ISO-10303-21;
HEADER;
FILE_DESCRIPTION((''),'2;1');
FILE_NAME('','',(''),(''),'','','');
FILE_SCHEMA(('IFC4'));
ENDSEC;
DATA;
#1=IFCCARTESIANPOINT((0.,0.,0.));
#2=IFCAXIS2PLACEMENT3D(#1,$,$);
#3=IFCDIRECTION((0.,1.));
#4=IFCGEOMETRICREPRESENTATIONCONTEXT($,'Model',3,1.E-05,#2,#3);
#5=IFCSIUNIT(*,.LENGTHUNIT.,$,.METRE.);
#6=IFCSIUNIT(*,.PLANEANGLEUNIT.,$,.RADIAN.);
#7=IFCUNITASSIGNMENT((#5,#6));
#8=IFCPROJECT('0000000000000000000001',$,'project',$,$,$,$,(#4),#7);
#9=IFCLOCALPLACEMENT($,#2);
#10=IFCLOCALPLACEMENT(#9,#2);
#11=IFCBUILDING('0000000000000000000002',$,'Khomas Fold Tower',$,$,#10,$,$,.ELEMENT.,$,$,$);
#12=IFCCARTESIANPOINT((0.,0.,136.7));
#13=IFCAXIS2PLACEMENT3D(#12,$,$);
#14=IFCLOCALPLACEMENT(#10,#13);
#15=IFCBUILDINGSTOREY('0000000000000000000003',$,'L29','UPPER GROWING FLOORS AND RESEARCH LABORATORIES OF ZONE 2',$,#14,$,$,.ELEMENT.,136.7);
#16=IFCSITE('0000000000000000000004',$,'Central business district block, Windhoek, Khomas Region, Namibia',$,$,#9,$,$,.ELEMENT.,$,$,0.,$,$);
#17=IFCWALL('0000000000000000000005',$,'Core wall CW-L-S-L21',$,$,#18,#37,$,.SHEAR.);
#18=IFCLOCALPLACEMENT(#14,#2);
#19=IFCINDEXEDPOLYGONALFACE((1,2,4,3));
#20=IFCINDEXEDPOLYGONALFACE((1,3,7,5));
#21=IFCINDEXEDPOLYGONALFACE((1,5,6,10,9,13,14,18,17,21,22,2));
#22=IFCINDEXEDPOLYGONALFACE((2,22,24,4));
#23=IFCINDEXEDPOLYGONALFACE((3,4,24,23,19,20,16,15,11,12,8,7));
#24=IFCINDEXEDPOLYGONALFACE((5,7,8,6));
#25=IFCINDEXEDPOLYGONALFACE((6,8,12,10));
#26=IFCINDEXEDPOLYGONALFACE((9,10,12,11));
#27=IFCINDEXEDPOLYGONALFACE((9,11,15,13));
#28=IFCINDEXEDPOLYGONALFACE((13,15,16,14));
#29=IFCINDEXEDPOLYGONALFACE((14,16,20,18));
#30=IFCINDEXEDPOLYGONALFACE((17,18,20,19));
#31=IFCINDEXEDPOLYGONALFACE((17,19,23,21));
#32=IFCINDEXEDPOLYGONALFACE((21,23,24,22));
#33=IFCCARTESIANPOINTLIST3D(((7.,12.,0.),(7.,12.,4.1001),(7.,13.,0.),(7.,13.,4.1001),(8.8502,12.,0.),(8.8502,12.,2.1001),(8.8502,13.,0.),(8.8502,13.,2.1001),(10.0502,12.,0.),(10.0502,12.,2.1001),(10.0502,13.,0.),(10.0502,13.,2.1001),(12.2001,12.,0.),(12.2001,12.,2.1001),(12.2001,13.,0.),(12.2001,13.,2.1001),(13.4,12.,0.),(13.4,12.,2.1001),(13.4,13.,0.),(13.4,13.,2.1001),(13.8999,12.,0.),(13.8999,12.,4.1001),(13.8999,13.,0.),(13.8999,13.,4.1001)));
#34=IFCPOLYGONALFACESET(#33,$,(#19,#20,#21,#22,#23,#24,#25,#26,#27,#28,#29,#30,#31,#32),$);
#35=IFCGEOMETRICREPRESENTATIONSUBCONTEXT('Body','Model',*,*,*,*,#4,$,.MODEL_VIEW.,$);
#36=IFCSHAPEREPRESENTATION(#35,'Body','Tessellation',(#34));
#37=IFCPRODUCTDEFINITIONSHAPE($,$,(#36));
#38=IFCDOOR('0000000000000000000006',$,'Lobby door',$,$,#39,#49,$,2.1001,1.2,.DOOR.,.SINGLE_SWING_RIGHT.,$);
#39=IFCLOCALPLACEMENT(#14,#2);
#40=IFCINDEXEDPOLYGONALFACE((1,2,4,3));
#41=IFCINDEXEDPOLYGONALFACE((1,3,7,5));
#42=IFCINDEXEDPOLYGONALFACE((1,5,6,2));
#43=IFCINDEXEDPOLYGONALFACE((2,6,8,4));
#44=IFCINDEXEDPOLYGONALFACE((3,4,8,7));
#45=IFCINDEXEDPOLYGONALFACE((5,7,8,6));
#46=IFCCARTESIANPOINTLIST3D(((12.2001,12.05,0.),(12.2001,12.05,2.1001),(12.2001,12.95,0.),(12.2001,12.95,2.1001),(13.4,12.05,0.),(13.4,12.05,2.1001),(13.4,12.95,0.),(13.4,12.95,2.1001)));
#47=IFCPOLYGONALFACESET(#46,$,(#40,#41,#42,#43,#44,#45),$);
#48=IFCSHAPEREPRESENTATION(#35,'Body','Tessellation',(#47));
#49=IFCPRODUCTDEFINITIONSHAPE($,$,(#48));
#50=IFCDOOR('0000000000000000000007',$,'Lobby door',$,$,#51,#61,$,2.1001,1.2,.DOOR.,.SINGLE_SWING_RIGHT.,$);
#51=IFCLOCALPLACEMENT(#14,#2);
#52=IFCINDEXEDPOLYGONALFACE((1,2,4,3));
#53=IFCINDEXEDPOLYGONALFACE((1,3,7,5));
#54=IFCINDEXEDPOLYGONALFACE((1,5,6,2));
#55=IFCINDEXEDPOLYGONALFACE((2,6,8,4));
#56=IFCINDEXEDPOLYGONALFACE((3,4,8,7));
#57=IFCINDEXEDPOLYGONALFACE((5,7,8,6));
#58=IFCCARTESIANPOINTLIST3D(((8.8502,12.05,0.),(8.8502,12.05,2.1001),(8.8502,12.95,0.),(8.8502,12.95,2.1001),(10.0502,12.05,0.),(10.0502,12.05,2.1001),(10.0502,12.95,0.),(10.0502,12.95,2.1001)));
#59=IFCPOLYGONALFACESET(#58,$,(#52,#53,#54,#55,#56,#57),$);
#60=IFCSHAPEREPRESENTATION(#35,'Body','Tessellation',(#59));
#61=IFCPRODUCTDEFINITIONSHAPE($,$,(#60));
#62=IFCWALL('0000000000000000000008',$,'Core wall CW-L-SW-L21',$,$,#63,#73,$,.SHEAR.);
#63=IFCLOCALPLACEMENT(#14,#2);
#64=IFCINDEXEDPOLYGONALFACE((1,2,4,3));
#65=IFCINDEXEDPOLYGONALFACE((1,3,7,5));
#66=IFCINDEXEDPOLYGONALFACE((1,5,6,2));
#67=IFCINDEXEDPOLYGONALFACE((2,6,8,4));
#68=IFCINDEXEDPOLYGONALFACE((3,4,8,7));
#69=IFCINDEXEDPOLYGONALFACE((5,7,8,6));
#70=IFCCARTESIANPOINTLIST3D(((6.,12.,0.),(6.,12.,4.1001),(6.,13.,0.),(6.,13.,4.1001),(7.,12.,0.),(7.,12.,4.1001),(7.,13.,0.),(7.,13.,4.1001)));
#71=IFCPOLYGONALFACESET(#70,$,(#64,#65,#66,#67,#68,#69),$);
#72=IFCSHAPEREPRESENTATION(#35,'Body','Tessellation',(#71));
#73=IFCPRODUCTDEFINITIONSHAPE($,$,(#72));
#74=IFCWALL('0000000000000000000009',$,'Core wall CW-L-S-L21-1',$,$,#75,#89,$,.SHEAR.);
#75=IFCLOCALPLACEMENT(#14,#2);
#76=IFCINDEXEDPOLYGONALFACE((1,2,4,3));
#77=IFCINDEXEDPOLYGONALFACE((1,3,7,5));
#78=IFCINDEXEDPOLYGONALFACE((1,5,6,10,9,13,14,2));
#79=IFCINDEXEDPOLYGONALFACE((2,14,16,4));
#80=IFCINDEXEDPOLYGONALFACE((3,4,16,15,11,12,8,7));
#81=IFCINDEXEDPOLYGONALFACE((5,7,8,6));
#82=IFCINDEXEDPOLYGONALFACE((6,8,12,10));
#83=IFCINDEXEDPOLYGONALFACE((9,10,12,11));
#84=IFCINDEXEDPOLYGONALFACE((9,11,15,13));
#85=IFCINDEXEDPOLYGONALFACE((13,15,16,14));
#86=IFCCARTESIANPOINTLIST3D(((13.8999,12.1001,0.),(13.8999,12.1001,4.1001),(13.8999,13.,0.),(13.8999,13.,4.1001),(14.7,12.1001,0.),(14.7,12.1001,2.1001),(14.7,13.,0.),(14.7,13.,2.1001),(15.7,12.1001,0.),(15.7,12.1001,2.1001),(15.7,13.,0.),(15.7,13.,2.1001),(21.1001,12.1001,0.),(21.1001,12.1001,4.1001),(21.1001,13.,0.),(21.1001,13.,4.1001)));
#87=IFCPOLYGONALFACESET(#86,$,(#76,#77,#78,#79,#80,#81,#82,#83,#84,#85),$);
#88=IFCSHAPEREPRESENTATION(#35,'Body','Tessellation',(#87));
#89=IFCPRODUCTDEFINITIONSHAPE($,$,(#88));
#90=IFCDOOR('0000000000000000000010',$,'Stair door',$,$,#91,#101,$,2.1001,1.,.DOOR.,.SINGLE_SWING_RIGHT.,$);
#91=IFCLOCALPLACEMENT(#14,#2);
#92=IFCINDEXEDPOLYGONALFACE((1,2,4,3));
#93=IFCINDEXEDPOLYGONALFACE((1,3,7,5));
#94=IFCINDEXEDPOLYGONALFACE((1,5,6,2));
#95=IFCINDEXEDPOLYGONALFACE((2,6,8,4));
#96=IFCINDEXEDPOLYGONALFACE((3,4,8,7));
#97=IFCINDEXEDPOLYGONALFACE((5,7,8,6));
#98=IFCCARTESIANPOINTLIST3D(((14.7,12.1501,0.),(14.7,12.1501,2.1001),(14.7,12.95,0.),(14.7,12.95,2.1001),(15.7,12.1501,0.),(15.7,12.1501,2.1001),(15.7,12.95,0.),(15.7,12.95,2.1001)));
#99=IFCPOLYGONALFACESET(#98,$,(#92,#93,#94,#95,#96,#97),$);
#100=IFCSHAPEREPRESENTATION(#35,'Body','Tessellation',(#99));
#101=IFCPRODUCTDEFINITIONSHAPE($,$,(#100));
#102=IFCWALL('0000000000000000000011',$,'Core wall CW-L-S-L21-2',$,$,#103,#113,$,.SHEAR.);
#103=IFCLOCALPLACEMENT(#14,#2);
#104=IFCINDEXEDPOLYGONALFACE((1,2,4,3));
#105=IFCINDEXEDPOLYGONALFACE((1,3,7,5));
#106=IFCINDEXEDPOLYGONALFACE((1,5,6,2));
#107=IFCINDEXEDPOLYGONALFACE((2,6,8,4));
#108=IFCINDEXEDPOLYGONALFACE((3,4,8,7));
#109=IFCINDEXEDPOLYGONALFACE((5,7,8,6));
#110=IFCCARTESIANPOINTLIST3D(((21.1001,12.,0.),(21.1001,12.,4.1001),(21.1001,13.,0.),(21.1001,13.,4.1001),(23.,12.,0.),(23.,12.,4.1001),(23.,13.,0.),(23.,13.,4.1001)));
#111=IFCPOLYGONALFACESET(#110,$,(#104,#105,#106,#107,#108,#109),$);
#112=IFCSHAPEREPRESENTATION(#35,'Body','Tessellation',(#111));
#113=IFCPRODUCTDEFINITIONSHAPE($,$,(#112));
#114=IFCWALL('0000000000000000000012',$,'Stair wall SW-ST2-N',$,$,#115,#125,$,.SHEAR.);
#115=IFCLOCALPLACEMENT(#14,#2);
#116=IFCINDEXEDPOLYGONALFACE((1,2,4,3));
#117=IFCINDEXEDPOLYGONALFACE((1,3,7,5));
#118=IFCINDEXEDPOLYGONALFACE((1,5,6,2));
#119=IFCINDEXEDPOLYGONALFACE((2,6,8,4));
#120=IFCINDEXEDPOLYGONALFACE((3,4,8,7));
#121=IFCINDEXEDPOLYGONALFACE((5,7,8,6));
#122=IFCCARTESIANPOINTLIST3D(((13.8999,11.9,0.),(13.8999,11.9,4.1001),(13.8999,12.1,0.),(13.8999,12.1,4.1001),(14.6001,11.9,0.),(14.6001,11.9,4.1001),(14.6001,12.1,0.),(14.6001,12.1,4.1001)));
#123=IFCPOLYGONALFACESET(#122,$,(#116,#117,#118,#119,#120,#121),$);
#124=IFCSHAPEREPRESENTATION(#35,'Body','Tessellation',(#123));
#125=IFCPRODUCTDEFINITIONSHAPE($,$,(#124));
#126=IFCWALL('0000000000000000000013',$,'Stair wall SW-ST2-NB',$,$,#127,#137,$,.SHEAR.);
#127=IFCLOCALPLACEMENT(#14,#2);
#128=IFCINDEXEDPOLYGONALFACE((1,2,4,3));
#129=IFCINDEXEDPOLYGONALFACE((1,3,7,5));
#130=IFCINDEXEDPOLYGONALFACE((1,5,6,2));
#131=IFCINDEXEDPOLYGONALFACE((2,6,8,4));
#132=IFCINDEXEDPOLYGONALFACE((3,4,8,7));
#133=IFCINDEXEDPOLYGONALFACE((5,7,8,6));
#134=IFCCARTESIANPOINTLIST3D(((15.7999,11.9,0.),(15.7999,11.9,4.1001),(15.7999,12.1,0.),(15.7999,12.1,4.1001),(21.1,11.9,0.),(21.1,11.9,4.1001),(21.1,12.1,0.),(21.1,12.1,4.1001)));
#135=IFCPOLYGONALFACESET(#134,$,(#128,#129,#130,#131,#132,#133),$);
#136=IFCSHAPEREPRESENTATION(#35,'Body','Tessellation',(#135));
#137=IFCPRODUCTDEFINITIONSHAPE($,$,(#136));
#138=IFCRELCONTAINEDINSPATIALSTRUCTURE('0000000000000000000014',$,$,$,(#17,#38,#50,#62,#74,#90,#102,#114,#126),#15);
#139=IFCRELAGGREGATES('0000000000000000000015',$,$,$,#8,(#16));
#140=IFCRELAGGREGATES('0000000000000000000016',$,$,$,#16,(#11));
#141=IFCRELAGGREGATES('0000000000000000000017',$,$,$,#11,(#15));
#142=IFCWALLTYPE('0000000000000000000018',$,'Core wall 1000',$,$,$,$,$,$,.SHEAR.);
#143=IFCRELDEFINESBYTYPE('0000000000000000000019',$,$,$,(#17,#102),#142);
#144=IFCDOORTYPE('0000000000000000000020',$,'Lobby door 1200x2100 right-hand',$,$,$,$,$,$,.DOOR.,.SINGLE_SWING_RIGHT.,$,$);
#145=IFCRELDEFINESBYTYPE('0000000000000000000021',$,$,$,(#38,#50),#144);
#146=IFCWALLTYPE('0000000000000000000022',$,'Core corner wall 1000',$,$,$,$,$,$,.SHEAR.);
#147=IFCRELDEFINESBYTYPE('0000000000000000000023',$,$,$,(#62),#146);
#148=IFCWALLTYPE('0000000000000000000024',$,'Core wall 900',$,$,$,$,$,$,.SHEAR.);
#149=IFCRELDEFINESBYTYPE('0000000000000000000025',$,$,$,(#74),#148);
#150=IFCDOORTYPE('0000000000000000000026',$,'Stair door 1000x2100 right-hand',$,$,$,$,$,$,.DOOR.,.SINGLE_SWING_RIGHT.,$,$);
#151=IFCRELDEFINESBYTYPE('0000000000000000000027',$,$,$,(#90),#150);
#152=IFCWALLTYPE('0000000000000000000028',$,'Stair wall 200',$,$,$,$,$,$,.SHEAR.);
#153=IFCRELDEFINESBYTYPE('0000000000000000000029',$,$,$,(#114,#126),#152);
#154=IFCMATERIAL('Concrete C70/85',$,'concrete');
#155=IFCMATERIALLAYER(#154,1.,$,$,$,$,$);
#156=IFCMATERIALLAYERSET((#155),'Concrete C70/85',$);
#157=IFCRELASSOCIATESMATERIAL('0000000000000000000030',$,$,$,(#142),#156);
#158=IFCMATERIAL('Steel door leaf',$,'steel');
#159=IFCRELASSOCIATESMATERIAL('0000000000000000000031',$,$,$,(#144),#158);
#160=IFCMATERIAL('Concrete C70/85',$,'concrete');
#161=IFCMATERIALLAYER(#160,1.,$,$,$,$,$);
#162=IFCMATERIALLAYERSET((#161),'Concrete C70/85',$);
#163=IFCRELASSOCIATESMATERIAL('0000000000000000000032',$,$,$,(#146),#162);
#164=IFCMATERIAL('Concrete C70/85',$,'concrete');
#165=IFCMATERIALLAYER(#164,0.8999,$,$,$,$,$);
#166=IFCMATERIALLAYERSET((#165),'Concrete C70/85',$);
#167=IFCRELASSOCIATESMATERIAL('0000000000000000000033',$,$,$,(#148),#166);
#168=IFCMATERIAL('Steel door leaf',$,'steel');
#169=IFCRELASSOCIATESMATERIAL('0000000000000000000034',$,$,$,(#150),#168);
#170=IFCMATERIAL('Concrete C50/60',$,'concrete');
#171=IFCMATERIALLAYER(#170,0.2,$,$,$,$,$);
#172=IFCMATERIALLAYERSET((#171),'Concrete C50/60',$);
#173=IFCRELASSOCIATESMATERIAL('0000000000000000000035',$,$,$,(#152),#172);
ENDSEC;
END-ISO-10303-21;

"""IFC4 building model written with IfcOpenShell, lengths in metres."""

from ifc_helpers import new_model, si_unit, direction, frame, frame_2d, origin, place, context, subcontext, project, spatial, rectangle, extrude, source, transform, mapped, material, layer, layer_set, type_object, element, fill, save


model = new_model("IFC4")

# Units and contexts
model_context = context("Model", 3, precision=1e-05, world=origin(), true_north=direction((0.0, 1.0)))
body_context = subcontext(model_context, "Body", "Model", "MODEL_VIEW")
ifc_project = project(units=[si_unit("LENGTHUNIT", "METRE"), si_unit("PLANEANGLEUNIT", "RADIAN")], contexts=[model_context])

# Site, building, storey
site_placement = place(None, origin())
site = spatial("IfcSite", under=ifc_project, at=site_placement, Name="Central business district block, Windhoek, Khomas Region, Namibia", CompositionType="ELEMENT", RefElevation=0.0)
building_placement = place(site_placement, origin())
building = spatial("IfcBuilding", under=site, at=building_placement, Name="Khomas Fold Tower", CompositionType="ELEMENT")
storey_placement = place(building_placement, frame((0.0, 0.0, 136.7)))
storey = spatial("IfcBuildingStorey", under=building, at=storey_placement, Name="L29", Description="UPPER GROWING FLOORS AND RESEARCH LABORATORIES OF ZONE 2", CompositionType="ELEMENT", Elevation=136.7)

# Wall, openings, doors
ifc_material_1 = material(Name="Concrete C70/85", Category="concrete")
ifc_layer_1 = layer(ifc_material_1, 1.0)
ifc_layer_set_1 = layer_set([ifc_layer_1], Name="Concrete C70/85")
wall_type_1 = type_object("IfcWallType", Name="Core wall 1000", PredefinedType="SHEAR", material=ifc_layer_set_1)
shared_shape_1 = source(origin(), body_context, "Body", "SweptSolid", [
    extrude(rectangle(XDim=6.8999, YDim=1.0, at=frame_2d((3.45, 0.0))), origin(), (0.0, 0.0, 1.0), 4.1001),
])
wall_1_placement = place(storey_placement, frame((7.0, 12.5, 0.0), z_axis=(0.0, 0.0, 1.0), x_axis=(1.0, 0.0, 0.0)))
wall_1 = element("IfcWall", 1, at=wall_1_placement, inside=storey, type_object=wall_type_1, Name="Core wall CW-L-S-L21", PredefinedType="SHEAR", context=body_context, shape_type="MappedRepresentation", body=[
    mapped(shared_shape_1, transform((0.0, 0.0, 0.0))),
])
shared_shape_2 = source(origin(), body_context, "Body", "SweptSolid", [
    extrude(rectangle(XDim=1.2, YDim=2.1001, at=frame_2d((0.6001, 1.05))), frame((0.0, 0.51, 0.0), z_axis=(0.0, -1.0, 0.0), x_axis=(1.0, 0.0, 0.0)), (0.0, 0.0, 1.0), 1.02),
])
opening_1_placement = place(wall_1_placement, frame((5.2, 0.0, 0.0)))
opening_1 = element("IfcOpeningElement", 2, at=opening_1_placement, cuts=wall_1, PredefinedType="OPENING", context=body_context, shape_type="MappedRepresentation", body=[
    mapped(shared_shape_2, transform((0.0, 0.0, 0.0))),
])
opening_2_placement = place(wall_1_placement, frame((1.8501, 0.0, 0.0)))
opening_2 = element("IfcOpeningElement", 3, at=opening_2_placement, cuts=wall_1, PredefinedType="OPENING", context=body_context, shape_type="MappedRepresentation", body=[
    mapped(shared_shape_2, transform((0.0, 0.0, 0.0))),
])
ifc_material_2 = material(Name="Steel door leaf", Category="steel")
door_type_1 = type_object("IfcDoorType", Name="Lobby door 1200x2100 right-hand", OperationType="SINGLE_SWING_RIGHT", PredefinedType="DOOR", material=ifc_material_2)
shared_shape_3 = source(origin(), body_context, "Body", "SweptSolid", [
    extrude(rectangle(XDim=1.2, YDim=2.1001, at=frame_2d((0.6001, 1.05))), frame((0.0, 0.45, 0.0), z_axis=(0.0, -1.0, 0.0), x_axis=(1.0, 0.0, 0.0)), (0.0, 0.0, 1.0), 0.8999),
])
door_1_placement = place(opening_1_placement, origin())
door_1 = element("IfcDoor", 4, at=door_1_placement, inside=storey, type_object=door_type_1, Name="Lobby door", OperationType="SINGLE_SWING_RIGHT", OverallHeight=2.1001, OverallWidth=1.2, PredefinedType="DOOR", context=body_context, shape_type="MappedRepresentation", body=[
    mapped(shared_shape_3, transform((0.0, 0.0, 0.0))),
])
fill(opening_1, door_1)
door_2_placement = place(opening_2_placement, origin())
door_2 = element("IfcDoor", 5, at=door_2_placement, inside=storey, type_object=door_type_1, Name="Lobby door", OperationType="SINGLE_SWING_RIGHT", OverallHeight=2.1001, OverallWidth=1.2, PredefinedType="DOOR", context=body_context, shape_type="MappedRepresentation", body=[
    mapped(shared_shape_3, transform((0.0, 0.0, 0.0))),
])
fill(opening_2, door_2)

# Wall
ifc_material_3 = material(Name="Concrete C70/85", Category="concrete")
ifc_layer_2 = layer(ifc_material_3, 1.0)
ifc_layer_set_2 = layer_set([ifc_layer_2], Name="Concrete C70/85")
wall_type_2 = type_object("IfcWallType", Name="Core corner wall 1000", PredefinedType="SHEAR", material=ifc_layer_set_2)
shared_shape_4 = source(origin(), body_context, "Body", "SweptSolid", [
    extrude(rectangle(XDim=1.0, YDim=1.0, at=frame_2d((0.5, 0.0))), origin(), (0.0, 0.0, 1.0), 4.1001),
])
wall_2_placement = place(storey_placement, frame((6.0, 12.5, 0.0), z_axis=(0.0, 0.0, 1.0), x_axis=(1.0, 0.0, 0.0)))
element("IfcWall", 6, at=wall_2_placement, inside=storey, type_object=wall_type_2, Name="Core wall CW-L-SW-L21", PredefinedType="SHEAR", context=body_context, shape_type="MappedRepresentation", body=[
    mapped(shared_shape_4, transform((0.0, 0.0, 0.0))),
])

# Wall, opening, door
ifc_material_4 = material(Name="Concrete C70/85", Category="concrete")
ifc_layer_3 = layer(ifc_material_4, 0.8999)
ifc_layer_set_3 = layer_set([ifc_layer_3], Name="Concrete C70/85")
wall_type_3 = type_object("IfcWallType", Name="Core wall 900", PredefinedType="SHEAR", material=ifc_layer_set_3)
shared_shape_5 = source(origin(), body_context, "Body", "SweptSolid", [
    extrude(rectangle(XDim=7.2002, YDim=0.8999, at=frame_2d((3.6001, 0.0))), origin(), (0.0, 0.0, 1.0), 4.1001),
])
wall_3_placement = place(storey_placement, frame((13.8999, 12.55, 0.0), z_axis=(0.0, 0.0, 1.0), x_axis=(1.0, 0.0, 0.0)))
wall_3 = element("IfcWall", 7, at=wall_3_placement, inside=storey, type_object=wall_type_3, Name="Core wall CW-L-S-L21-1", PredefinedType="SHEAR", context=body_context, shape_type="MappedRepresentation", body=[
    mapped(shared_shape_5, transform((0.0, 0.0, 0.0))),
])
shared_shape_6 = source(origin(), body_context, "Body", "SweptSolid", [
    extrude(rectangle(XDim=1.0, YDim=2.1001, at=frame_2d((0.5, 1.05))), frame((0.0, 0.46, 0.0), z_axis=(0.0, -1.0, 0.0), x_axis=(1.0, 0.0, 0.0)), (0.0, 0.0, 1.0), 0.9199),
])
opening_3_placement = place(wall_3_placement, frame((0.8, 0.0, 0.0)))
opening_3 = element("IfcOpeningElement", 8, at=opening_3_placement, cuts=wall_3, PredefinedType="OPENING", context=body_context, shape_type="MappedRepresentation", body=[
    mapped(shared_shape_6, transform((0.0, 0.0, 0.0))),
])
ifc_material_5 = material(Name="Steel door leaf", Category="steel")
door_type_2 = type_object("IfcDoorType", Name="Stair door 1000x2100 right-hand", OperationType="SINGLE_SWING_RIGHT", PredefinedType="DOOR", material=ifc_material_5)
shared_shape_7 = source(origin(), body_context, "Body", "SweptSolid", [
    extrude(rectangle(XDim=1.0, YDim=2.1001, at=frame_2d((0.5, 1.05))), frame((0.0, 0.3999, 0.0), z_axis=(0.0, -1.0, 0.0), x_axis=(1.0, 0.0, 0.0)), (0.0, 0.0, 1.0), 0.7998),
])
door_3_placement = place(opening_3_placement, origin())
door_3 = element("IfcDoor", 9, at=door_3_placement, inside=storey, type_object=door_type_2, Name="Stair door", OperationType="SINGLE_SWING_RIGHT", OverallHeight=2.1001, OverallWidth=1.0, PredefinedType="DOOR", context=body_context, shape_type="MappedRepresentation", body=[
    mapped(shared_shape_7, transform((0.0, 0.0, 0.0))),
])
fill(opening_3, door_3)

# Walls
shared_shape_8 = source(origin(), body_context, "Body", "SweptSolid", [
    extrude(rectangle(XDim=1.8999, YDim=1.0, at=frame_2d((0.95, 0.0))), origin(), (0.0, 0.0, 1.0), 4.1001),
])
wall_4_placement = place(storey_placement, frame((21.1001, 12.5, 0.0), z_axis=(0.0, 0.0, 1.0), x_axis=(1.0, 0.0, 0.0)))
element("IfcWall", 10, at=wall_4_placement, inside=storey, type_object=wall_type_1, Name="Core wall CW-L-S-L21-2", PredefinedType="SHEAR", context=body_context, shape_type="MappedRepresentation", body=[
    mapped(shared_shape_8, transform((0.0, 0.0, 0.0))),
])
ifc_material_6 = material(Name="Concrete C50/60", Category="concrete")
ifc_layer_4 = layer(ifc_material_6, 0.2)
ifc_layer_set_4 = layer_set([ifc_layer_4], Name="Concrete C50/60")
wall_type_4 = type_object("IfcWallType", Name="Stair wall 200", PredefinedType="SHEAR", material=ifc_layer_set_4)
shared_shape_9 = source(origin(), body_context, "Body", "SweptSolid", [
    extrude(rectangle(XDim=0.7002, YDim=0.2, at=frame_2d((0.3501, 0.0))), origin(), (0.0, 0.0, 1.0), 4.1001),
])
wall_5_placement = place(storey_placement, frame((13.8999, 12.0, 0.0), z_axis=(0.0, 0.0, 1.0), x_axis=(1.0, 0.0, 0.0)))
element("IfcWall", 11, at=wall_5_placement, inside=storey, type_object=wall_type_4, Name="Stair wall SW-ST2-N", PredefinedType="SHEAR", context=body_context, shape_type="MappedRepresentation", body=[
    mapped(shared_shape_9, transform((0.0, 0.0, 0.0))),
])
shared_shape_10 = source(origin(), body_context, "Body", "SweptSolid", [
    extrude(rectangle(XDim=5.3, YDim=0.2, at=frame_2d((2.6499, 0.0))), origin(), (0.0, 0.0, 1.0), 4.1001),
])
wall_6_placement = place(storey_placement, frame((15.8, 12.0, 0.0), z_axis=(0.0, 0.0, 1.0), x_axis=(1.0, 0.0, 0.0)))
element("IfcWall", 12, at=wall_6_placement, inside=storey, type_object=wall_type_4, Name="Stair wall SW-ST2-NB", PredefinedType="SHEAR", context=body_context, shape_type="MappedRepresentation", body=[
    mapped(shared_shape_10, transform((0.0, 0.0, 0.0))),
])

save(model, "model.ifc")
